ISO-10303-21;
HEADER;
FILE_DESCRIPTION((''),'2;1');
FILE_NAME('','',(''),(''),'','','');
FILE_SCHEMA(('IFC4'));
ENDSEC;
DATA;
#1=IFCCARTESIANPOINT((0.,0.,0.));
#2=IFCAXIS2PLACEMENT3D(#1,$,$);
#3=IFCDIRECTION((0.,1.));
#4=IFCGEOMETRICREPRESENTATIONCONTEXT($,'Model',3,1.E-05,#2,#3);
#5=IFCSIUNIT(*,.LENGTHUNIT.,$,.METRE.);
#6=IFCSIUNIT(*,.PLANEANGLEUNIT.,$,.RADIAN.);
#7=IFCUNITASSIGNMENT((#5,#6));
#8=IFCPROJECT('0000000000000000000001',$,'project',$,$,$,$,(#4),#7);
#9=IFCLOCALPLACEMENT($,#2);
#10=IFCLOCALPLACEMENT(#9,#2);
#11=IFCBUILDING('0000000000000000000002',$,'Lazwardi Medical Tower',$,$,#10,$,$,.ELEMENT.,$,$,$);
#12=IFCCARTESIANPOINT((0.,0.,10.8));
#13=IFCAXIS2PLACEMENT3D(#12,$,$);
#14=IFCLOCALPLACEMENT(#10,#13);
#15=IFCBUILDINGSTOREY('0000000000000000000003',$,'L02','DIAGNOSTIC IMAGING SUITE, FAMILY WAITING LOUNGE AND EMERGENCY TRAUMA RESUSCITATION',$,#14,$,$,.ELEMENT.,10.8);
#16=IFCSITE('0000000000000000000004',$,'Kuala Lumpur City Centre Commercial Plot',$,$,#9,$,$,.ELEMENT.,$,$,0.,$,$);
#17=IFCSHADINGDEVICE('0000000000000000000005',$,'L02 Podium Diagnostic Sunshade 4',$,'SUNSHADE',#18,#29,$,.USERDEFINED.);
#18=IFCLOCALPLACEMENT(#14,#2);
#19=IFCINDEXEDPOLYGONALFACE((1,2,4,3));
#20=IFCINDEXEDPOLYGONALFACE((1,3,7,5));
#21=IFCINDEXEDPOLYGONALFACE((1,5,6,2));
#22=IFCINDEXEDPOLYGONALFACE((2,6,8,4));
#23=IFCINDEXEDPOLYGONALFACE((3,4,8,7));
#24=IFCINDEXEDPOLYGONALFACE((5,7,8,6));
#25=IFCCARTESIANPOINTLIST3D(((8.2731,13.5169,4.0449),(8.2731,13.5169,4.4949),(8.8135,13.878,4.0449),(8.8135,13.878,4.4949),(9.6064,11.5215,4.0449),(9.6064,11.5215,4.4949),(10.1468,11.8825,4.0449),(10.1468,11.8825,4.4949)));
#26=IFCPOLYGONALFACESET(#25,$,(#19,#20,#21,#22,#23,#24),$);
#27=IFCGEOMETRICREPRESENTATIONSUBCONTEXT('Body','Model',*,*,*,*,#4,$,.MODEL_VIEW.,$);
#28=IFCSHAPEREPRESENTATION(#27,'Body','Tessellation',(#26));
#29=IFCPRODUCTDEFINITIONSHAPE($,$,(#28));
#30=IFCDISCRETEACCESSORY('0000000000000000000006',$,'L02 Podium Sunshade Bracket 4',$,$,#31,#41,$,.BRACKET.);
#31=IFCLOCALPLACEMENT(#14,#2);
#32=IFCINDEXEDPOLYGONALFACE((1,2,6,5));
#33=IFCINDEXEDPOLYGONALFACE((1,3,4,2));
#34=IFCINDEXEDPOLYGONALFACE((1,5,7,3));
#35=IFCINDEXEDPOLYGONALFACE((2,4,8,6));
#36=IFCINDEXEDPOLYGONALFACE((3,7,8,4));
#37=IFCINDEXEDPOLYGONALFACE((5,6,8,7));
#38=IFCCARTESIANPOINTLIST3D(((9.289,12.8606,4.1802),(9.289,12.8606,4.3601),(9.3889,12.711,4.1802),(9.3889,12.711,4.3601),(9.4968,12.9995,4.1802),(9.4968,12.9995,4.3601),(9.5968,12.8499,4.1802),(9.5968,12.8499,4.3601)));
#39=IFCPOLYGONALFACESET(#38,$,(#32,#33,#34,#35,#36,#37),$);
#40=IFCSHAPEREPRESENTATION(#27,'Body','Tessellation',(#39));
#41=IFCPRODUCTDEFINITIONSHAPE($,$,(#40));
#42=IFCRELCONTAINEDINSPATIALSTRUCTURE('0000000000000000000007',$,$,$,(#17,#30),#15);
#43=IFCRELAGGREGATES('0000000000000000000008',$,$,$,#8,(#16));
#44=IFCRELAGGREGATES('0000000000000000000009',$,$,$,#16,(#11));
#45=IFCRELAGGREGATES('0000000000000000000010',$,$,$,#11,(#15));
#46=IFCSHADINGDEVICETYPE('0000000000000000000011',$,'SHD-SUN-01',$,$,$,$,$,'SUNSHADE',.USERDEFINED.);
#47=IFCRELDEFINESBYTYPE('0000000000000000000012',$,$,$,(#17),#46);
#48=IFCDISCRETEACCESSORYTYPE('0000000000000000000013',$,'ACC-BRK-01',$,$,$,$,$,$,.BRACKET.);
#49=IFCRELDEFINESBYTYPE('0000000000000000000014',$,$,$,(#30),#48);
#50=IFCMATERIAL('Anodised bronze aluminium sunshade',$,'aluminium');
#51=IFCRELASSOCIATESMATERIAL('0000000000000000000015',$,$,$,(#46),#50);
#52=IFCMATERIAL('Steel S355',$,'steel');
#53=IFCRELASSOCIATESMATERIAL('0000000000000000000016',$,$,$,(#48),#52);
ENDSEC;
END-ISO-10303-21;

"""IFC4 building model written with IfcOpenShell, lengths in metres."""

from ifc_helpers import new_model, si_unit, direction, frame, origin, origin_2d, place, context, subcontext, project, spatial, rectangle, extrude, material, type_object, element, save


model = new_model("IFC4")

# Units and contexts
model_context = context("Model", 3, precision=1e-05, world=origin(), true_north=direction((0.0, 1.0)))
body_context = subcontext(model_context, "Body", "Model", "MODEL_VIEW")
ifc_project = project(units=[si_unit("LENGTHUNIT", "METRE"), si_unit("PLANEANGLEUNIT", "RADIAN")], contexts=[model_context])

# Site, building, storey
site_placement = place(None, origin())
site = spatial("IfcSite", under=ifc_project, at=site_placement, Name="Kuala Lumpur City Centre Commercial Plot", CompositionType="ELEMENT", RefElevation=0.0)
building_placement = place(site_placement, origin())
building = spatial("IfcBuilding", under=site, at=building_placement, Name="Lazwardi Medical Tower", CompositionType="ELEMENT")
storey_placement = place(building_placement, frame((0.0, 0.0, 10.8)))
storey = spatial("IfcBuildingStorey", under=building, at=storey_placement, Name="L02", Description="DIAGNOSTIC IMAGING SUITE, FAMILY WAITING LOUNGE AND EMERGENCY TRAUMA RESUSCITATION", CompositionType="ELEMENT", Elevation=10.8)

# Shared definitions
ifc_material_1 = material(Name="Steel S355", Category="steel")

# Shading device
ifc_material_2 = material(Name="Anodised bronze aluminium sunshade", Category="aluminium")
shading_device_type = type_object("IfcShadingDeviceType", Name="SHD-SUN-01", ElementType="SUNSHADE", PredefinedType="USERDEFINED", material=ifc_material_2)
shading_device_placement = place(storey_placement, frame((9.21, 12.6997, 4.0449), z_axis=(0.0, 0.0, 1.0), x_axis=(0.55557, -0.83147, 0.0)))
element("IfcShadingDevice", 1, at=shading_device_placement, inside=storey, type_object=shading_device_type, Name="L02 Podium Diagnostic Sunshade 4", ObjectType="SUNSHADE", PredefinedType="USERDEFINED", context=body_context, shape_type="SweptSolid", body=[
    extrude(rectangle(XDim=2.3999, YDim=0.6499, at=origin_2d()), origin(), (0.0, 0.0, 1.0), 0.45),
])

# Discrete accessory
discrete_accessory_type = type_object("IfcDiscreteAccessoryType", Name="ACC-BRK-01", PredefinedType="BRACKET", material=ifc_material_1)
discrete_accessory_placement = place(storey_placement, frame((9.4429, 12.8552, 4.1802), z_axis=(0.0, 0.0, 1.0), x_axis=(0.55557, -0.83147, 0.0)))
element("IfcDiscreteAccessory", 2, at=discrete_accessory_placement, inside=storey, type_object=discrete_accessory_type, Name="L02 Podium Sunshade Bracket 4", PredefinedType="BRACKET", context=body_context, shape_type="SweptSolid", body=[
    extrude(rectangle(XDim=0.1799, YDim=0.25, at=origin_2d()), origin(), (0.0, 0.0, 1.0), 0.1799),
])

save(model, "model.ifc")
